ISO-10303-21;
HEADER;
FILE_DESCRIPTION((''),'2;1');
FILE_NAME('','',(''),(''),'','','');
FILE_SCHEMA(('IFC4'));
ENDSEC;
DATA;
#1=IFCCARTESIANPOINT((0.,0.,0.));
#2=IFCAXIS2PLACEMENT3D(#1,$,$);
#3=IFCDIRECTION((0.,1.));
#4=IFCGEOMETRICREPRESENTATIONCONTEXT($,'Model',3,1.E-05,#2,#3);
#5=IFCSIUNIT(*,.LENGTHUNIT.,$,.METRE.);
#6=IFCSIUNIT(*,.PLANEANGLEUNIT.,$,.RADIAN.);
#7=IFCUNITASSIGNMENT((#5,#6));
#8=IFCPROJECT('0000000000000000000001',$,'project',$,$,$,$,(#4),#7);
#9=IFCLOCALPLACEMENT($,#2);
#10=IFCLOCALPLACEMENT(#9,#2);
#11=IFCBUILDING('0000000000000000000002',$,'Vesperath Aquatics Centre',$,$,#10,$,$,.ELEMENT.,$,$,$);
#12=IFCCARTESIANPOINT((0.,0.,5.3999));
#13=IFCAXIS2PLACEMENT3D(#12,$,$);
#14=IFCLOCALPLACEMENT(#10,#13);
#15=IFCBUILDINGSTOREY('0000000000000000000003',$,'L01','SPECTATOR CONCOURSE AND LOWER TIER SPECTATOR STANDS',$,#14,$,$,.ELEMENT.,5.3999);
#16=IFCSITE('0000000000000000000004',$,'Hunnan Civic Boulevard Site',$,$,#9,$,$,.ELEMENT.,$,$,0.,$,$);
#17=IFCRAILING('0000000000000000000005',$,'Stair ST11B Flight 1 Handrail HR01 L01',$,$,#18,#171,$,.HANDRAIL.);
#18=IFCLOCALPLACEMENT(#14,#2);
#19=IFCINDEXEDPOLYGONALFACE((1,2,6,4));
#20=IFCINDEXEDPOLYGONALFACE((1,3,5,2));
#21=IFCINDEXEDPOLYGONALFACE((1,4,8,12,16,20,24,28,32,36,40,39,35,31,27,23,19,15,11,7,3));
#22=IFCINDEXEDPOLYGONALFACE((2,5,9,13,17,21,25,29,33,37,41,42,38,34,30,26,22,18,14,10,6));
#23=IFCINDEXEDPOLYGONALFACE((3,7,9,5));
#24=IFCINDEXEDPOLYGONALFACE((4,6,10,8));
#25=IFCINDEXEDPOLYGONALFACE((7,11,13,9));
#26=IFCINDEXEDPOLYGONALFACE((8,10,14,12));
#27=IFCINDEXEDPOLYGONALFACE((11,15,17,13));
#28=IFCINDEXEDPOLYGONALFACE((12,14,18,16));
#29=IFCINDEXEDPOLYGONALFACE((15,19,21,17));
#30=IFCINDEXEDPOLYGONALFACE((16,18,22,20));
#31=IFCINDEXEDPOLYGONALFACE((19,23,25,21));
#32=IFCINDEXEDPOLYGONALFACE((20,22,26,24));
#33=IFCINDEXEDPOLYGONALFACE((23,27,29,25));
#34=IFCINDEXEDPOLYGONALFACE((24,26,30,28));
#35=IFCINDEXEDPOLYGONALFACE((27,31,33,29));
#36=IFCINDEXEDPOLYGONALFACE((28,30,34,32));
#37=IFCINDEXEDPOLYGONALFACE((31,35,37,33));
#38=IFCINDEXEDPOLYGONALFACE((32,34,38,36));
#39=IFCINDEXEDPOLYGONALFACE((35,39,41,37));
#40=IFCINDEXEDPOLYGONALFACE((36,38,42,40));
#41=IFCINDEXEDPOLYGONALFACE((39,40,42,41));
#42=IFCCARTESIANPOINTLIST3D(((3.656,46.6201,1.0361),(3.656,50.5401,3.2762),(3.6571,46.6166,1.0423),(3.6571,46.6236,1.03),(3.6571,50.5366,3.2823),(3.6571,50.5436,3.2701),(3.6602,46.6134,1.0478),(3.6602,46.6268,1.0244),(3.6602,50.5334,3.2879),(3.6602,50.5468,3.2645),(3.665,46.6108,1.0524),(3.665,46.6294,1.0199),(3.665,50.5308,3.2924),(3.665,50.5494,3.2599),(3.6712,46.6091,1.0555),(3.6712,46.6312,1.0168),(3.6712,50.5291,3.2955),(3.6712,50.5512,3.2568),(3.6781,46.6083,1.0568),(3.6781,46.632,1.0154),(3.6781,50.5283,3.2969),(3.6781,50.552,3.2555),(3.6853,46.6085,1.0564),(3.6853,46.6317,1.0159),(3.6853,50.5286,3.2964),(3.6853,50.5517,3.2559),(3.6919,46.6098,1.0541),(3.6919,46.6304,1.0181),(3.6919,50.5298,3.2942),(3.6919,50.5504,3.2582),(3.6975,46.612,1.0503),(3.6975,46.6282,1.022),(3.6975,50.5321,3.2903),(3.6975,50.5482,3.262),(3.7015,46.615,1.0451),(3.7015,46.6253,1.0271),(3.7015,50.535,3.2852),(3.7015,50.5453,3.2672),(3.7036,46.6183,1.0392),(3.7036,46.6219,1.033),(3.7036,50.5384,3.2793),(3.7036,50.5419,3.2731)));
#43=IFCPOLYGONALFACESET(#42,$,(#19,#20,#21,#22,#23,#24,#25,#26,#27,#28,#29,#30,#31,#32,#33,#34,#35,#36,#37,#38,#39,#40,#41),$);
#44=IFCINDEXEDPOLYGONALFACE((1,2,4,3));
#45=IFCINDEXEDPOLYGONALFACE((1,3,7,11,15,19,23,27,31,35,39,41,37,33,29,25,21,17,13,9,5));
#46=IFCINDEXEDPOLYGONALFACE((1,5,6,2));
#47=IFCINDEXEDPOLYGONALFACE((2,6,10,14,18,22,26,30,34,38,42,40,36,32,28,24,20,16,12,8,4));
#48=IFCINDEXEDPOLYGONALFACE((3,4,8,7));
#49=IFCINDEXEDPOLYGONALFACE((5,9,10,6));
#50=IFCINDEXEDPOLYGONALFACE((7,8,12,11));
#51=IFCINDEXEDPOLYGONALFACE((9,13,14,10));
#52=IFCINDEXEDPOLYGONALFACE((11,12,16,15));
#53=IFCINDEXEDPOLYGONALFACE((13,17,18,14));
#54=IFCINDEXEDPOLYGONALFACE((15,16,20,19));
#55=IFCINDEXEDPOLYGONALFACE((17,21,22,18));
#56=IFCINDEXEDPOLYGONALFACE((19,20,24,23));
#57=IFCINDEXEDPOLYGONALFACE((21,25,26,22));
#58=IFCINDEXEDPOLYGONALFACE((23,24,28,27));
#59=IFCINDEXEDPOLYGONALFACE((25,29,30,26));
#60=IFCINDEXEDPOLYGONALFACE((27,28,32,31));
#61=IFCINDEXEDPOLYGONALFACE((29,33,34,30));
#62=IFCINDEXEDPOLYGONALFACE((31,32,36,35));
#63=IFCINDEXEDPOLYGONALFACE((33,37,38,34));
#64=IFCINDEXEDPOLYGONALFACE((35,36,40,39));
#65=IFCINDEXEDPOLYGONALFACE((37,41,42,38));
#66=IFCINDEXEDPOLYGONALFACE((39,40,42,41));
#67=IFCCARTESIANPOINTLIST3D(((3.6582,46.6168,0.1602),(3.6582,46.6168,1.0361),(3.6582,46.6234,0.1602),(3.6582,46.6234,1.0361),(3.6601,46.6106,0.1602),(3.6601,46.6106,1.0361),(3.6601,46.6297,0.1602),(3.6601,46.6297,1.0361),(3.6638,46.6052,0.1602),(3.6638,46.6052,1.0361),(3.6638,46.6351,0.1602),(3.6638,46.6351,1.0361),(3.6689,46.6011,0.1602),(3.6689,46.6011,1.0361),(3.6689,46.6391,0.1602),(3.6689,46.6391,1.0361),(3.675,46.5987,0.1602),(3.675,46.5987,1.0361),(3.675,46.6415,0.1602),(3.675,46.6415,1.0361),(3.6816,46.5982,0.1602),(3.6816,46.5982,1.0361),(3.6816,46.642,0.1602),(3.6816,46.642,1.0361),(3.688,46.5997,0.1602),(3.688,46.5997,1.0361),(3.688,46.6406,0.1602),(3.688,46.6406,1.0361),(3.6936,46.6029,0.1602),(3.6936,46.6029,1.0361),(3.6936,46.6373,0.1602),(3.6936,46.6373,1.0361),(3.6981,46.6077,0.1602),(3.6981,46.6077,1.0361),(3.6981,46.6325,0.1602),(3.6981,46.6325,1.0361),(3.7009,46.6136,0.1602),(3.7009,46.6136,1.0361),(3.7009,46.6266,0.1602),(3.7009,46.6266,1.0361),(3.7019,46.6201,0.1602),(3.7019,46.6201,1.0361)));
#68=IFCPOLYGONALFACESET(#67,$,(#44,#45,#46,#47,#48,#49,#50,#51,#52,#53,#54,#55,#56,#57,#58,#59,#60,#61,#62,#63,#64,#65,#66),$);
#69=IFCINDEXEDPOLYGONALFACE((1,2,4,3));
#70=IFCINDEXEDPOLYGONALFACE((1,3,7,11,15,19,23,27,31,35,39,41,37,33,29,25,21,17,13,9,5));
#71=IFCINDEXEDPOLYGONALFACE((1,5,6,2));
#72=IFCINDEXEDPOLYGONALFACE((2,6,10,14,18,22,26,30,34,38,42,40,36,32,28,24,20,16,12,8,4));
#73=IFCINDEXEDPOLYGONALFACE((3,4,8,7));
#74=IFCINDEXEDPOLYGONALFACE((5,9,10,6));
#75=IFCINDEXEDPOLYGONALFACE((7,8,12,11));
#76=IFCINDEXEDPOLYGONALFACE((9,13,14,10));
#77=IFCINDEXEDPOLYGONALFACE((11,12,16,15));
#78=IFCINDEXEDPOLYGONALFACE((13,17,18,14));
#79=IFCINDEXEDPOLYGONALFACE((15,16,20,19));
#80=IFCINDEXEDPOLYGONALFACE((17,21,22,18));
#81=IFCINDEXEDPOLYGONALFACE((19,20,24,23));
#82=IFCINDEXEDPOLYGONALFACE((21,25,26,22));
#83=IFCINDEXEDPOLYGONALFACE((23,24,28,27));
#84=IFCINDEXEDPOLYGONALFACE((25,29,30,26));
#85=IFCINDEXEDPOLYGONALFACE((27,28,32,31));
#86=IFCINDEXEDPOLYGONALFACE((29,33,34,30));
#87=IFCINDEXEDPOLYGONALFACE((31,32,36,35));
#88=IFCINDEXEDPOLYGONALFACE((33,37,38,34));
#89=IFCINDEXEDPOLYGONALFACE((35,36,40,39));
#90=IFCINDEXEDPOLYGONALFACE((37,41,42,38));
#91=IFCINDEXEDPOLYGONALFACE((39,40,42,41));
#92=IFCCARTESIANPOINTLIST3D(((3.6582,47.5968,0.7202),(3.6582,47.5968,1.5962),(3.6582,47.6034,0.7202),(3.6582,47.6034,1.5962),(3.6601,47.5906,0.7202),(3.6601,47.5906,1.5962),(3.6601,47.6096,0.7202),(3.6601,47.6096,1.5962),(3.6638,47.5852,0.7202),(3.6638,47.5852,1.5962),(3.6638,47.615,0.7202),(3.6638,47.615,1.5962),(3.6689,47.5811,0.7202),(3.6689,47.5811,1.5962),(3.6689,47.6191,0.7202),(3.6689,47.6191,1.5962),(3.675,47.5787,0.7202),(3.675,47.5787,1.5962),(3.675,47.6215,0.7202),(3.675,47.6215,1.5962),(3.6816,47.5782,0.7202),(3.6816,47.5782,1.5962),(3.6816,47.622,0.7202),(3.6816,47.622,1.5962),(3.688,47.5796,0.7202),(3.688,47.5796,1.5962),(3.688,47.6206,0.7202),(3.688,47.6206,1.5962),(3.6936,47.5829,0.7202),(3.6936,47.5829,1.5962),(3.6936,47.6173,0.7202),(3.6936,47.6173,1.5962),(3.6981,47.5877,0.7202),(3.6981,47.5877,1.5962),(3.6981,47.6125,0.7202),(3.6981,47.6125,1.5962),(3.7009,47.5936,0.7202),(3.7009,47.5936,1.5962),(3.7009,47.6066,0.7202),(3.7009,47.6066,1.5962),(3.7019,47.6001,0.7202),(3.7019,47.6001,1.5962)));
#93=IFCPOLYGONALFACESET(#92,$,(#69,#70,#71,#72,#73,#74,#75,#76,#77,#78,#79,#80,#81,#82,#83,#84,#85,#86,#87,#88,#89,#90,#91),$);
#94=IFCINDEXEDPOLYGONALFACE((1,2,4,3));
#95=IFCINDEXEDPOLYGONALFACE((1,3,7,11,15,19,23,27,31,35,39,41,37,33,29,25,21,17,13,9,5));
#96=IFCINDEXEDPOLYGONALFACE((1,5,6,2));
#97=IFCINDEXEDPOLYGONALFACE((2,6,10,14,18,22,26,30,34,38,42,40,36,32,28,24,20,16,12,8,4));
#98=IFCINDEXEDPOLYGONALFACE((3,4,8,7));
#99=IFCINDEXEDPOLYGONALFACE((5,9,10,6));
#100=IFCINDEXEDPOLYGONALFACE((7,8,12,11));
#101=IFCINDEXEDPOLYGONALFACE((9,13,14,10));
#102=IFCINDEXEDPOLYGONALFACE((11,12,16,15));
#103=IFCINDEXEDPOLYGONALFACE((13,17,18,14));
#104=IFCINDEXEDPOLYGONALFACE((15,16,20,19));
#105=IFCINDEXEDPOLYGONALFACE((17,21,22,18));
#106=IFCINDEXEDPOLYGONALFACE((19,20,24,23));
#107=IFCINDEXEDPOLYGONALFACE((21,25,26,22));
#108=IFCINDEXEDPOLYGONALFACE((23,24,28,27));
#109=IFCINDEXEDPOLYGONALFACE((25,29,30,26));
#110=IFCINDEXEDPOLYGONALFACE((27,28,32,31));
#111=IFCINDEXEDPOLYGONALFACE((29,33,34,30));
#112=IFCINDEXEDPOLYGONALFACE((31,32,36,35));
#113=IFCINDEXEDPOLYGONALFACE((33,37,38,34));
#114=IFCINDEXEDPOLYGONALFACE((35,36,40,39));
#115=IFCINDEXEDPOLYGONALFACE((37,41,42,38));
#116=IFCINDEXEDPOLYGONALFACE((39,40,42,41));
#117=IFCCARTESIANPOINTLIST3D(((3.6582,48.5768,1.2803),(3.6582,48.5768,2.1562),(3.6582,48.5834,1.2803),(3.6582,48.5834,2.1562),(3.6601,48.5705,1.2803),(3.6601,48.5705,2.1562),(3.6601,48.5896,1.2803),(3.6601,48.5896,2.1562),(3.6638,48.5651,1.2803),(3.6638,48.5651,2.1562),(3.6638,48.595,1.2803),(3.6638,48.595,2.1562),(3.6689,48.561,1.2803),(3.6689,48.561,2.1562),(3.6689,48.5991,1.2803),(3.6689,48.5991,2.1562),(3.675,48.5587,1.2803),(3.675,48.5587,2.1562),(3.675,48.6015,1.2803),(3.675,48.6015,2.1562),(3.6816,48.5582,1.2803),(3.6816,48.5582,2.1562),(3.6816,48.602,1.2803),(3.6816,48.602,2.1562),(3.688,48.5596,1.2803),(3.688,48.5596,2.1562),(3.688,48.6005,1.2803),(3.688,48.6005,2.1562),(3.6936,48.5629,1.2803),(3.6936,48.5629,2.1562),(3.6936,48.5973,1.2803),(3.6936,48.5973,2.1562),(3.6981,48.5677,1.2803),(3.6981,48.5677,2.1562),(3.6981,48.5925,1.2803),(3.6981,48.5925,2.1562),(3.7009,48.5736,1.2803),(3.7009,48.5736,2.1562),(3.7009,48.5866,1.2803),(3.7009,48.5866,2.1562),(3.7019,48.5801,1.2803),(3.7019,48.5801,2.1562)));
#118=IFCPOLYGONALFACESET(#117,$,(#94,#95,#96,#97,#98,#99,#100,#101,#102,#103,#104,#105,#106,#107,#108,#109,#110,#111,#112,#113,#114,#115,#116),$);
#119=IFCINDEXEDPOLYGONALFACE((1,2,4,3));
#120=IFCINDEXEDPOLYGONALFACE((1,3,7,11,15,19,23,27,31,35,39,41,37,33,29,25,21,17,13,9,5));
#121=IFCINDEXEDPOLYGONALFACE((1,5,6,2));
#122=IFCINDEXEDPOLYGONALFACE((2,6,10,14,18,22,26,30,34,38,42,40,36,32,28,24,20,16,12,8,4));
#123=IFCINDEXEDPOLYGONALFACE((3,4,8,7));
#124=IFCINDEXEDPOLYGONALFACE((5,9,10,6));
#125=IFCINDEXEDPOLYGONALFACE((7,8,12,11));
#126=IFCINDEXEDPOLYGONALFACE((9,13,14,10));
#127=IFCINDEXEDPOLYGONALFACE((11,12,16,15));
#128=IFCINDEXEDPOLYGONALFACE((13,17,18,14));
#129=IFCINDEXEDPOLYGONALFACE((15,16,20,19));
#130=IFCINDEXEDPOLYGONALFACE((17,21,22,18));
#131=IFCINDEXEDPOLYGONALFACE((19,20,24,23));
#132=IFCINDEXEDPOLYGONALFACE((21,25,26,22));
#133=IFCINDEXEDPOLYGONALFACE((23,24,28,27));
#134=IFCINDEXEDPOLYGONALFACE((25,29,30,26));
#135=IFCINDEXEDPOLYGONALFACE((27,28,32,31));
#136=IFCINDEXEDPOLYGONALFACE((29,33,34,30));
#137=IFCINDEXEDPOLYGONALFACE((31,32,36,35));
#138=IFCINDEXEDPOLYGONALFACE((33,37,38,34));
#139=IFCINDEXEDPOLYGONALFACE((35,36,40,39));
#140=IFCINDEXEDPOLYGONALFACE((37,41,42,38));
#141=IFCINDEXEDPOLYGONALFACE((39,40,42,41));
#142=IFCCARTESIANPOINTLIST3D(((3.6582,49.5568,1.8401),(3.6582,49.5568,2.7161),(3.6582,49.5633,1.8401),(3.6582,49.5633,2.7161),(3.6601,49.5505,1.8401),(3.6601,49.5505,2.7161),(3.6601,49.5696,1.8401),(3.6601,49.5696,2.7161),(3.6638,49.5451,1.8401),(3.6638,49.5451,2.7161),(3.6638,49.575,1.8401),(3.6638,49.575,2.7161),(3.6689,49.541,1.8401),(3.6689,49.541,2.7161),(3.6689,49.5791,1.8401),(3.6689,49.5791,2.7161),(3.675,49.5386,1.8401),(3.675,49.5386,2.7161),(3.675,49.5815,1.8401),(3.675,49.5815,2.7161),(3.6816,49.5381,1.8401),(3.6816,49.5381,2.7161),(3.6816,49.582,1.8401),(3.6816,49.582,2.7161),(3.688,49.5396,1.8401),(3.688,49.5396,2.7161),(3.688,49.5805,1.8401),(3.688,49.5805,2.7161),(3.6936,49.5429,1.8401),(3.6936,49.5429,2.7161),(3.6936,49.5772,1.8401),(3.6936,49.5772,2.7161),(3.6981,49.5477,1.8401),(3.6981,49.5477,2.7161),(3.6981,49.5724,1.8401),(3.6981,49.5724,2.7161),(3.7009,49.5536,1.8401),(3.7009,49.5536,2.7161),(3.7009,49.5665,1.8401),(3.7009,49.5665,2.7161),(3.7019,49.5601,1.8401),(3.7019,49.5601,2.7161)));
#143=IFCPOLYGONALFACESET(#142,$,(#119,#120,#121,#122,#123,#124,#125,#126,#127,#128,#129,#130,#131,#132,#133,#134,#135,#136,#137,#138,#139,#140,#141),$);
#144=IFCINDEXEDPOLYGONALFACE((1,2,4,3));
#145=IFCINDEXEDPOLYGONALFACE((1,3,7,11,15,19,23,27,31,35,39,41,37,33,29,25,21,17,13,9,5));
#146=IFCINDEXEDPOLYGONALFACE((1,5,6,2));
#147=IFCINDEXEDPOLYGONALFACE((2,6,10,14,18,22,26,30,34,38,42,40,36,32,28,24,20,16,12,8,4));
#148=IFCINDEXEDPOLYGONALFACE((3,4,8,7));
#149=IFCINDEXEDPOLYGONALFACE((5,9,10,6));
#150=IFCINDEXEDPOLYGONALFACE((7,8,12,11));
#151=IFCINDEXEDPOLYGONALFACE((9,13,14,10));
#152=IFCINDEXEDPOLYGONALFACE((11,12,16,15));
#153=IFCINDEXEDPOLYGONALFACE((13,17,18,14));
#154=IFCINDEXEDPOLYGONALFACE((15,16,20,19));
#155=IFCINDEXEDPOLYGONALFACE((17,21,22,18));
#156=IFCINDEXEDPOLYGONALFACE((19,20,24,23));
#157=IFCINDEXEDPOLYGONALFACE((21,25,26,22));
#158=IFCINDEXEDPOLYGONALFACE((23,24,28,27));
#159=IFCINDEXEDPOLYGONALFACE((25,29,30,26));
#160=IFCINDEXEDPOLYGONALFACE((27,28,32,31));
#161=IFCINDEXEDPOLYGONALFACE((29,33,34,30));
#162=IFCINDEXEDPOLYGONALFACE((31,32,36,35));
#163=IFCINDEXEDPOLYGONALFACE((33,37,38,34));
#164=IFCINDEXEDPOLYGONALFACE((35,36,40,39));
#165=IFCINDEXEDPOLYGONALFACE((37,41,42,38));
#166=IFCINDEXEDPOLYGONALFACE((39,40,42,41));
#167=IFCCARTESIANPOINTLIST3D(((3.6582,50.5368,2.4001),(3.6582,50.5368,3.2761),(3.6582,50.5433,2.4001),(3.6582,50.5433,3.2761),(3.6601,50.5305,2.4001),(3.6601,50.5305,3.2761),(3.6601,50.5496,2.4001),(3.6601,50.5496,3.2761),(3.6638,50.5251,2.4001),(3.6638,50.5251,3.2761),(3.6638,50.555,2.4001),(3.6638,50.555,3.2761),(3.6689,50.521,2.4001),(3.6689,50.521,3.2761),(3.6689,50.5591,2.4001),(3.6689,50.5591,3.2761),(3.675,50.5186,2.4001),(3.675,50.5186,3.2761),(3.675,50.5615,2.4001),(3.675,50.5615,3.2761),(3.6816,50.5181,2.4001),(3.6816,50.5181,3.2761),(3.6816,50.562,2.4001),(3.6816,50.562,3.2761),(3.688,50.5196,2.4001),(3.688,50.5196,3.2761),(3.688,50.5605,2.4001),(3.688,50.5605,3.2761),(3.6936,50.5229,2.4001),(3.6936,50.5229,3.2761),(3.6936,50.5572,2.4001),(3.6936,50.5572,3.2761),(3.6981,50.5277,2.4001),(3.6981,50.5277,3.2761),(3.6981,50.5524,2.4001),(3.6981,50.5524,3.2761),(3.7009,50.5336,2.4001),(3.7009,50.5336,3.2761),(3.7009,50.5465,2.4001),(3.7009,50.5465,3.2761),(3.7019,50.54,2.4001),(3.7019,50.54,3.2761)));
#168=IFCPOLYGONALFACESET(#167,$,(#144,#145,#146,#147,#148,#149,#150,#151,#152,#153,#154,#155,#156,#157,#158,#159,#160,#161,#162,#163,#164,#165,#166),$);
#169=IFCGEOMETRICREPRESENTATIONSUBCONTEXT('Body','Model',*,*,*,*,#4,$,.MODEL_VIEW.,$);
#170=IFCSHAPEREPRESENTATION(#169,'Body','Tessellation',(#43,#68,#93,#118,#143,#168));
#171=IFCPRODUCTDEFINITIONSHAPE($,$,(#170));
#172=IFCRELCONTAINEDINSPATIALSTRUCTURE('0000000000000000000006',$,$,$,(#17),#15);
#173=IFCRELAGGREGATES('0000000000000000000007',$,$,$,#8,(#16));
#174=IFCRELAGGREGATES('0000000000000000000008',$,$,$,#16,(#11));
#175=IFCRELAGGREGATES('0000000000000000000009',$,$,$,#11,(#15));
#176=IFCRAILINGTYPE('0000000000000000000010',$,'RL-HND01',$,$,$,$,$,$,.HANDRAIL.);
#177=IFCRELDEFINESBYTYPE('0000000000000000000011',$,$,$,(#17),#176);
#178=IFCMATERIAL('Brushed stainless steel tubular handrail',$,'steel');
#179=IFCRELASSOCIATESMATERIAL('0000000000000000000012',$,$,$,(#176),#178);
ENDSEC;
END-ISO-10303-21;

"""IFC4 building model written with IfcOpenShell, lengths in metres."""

from ifc_helpers import new_model, si_unit, direction, frame, origin, origin_2d, place, context, subcontext, project, spatial, circle, extrude, material, type_object, element, save


model = new_model("IFC4")

# Units and contexts
model_context = context("Model", 3, precision=1e-05, world=origin(), true_north=direction((0.0, 1.0)))
body_context = subcontext(model_context, "Body", "Model", "MODEL_VIEW")
ifc_project = project(units=[si_unit("LENGTHUNIT", "METRE"), si_unit("PLANEANGLEUNIT", "RADIAN")], contexts=[model_context])

# Site, building, storey
site_placement = place(None, origin())
site = spatial("IfcSite", under=ifc_project, at=site_placement, Name="Hunnan Civic Boulevard Site", CompositionType="ELEMENT", RefElevation=0.0)
building_placement = place(site_placement, origin())
building = spatial("IfcBuilding", under=site, at=building_placement, Name="Vesperath Aquatics Centre", CompositionType="ELEMENT")
storey_placement = place(building_placement, frame((0.0, 0.0, 5.3999)))
storey = spatial("IfcBuildingStorey", under=building, at=storey_placement, Name="L01", Description="SPECTATOR CONCOURSE AND LOWER TIER SPECTATOR STANDS", CompositionType="ELEMENT", Elevation=5.3999)

# Railing
ifc_material_1 = material(Name="Brushed stainless steel tubular handrail", Category="steel")
railing_type_1 = type_object("IfcRailingType", Name="RL-HND01", PredefinedType="HANDRAIL", material=ifc_material_1)
railing_1_placement = place(storey_placement, frame((3.6799, 46.6201, 0.1602)))
element("IfcRailing", 1, at=railing_1_placement, inside=storey, type_object=railing_type_1, Name="Stair ST11B Flight 1 Handrail HR01 L01", PredefinedType="HANDRAIL", context=body_context, shape_type="SweptSolid", body=[
    extrude(circle(Radius=0.0239, at=origin_2d()), frame((0.0, 0.0, 0.876), z_axis=(0.0, 0.86824, 0.496145), x_axis=(-1.0, 0.0, 0.0)), (0.0, 0.0, 1.0), 4.5149),
    extrude(circle(Radius=0.022, at=origin_2d()), origin(), (0.0, 0.0, 1.0), 0.876),
    extrude(circle(Radius=0.022, at=origin_2d()), frame((0.0, 0.98, 0.5601)), (0.0, 0.0, 1.0), 0.876),
    extrude(circle(Radius=0.022, at=origin_2d()), frame((0.0, 1.96, 1.1201)), (0.0, 0.0, 1.0), 0.876),
    extrude(circle(Radius=0.022, at=origin_2d()), frame((0.0, 2.9399, 1.6799)), (0.0, 0.0, 1.0), 0.876),
    extrude(circle(Radius=0.022, at=origin_2d()), frame((0.0, 3.9199, 2.24)), (0.0, 0.0, 1.0), 0.876),
])

save(model, "model.ifc")
